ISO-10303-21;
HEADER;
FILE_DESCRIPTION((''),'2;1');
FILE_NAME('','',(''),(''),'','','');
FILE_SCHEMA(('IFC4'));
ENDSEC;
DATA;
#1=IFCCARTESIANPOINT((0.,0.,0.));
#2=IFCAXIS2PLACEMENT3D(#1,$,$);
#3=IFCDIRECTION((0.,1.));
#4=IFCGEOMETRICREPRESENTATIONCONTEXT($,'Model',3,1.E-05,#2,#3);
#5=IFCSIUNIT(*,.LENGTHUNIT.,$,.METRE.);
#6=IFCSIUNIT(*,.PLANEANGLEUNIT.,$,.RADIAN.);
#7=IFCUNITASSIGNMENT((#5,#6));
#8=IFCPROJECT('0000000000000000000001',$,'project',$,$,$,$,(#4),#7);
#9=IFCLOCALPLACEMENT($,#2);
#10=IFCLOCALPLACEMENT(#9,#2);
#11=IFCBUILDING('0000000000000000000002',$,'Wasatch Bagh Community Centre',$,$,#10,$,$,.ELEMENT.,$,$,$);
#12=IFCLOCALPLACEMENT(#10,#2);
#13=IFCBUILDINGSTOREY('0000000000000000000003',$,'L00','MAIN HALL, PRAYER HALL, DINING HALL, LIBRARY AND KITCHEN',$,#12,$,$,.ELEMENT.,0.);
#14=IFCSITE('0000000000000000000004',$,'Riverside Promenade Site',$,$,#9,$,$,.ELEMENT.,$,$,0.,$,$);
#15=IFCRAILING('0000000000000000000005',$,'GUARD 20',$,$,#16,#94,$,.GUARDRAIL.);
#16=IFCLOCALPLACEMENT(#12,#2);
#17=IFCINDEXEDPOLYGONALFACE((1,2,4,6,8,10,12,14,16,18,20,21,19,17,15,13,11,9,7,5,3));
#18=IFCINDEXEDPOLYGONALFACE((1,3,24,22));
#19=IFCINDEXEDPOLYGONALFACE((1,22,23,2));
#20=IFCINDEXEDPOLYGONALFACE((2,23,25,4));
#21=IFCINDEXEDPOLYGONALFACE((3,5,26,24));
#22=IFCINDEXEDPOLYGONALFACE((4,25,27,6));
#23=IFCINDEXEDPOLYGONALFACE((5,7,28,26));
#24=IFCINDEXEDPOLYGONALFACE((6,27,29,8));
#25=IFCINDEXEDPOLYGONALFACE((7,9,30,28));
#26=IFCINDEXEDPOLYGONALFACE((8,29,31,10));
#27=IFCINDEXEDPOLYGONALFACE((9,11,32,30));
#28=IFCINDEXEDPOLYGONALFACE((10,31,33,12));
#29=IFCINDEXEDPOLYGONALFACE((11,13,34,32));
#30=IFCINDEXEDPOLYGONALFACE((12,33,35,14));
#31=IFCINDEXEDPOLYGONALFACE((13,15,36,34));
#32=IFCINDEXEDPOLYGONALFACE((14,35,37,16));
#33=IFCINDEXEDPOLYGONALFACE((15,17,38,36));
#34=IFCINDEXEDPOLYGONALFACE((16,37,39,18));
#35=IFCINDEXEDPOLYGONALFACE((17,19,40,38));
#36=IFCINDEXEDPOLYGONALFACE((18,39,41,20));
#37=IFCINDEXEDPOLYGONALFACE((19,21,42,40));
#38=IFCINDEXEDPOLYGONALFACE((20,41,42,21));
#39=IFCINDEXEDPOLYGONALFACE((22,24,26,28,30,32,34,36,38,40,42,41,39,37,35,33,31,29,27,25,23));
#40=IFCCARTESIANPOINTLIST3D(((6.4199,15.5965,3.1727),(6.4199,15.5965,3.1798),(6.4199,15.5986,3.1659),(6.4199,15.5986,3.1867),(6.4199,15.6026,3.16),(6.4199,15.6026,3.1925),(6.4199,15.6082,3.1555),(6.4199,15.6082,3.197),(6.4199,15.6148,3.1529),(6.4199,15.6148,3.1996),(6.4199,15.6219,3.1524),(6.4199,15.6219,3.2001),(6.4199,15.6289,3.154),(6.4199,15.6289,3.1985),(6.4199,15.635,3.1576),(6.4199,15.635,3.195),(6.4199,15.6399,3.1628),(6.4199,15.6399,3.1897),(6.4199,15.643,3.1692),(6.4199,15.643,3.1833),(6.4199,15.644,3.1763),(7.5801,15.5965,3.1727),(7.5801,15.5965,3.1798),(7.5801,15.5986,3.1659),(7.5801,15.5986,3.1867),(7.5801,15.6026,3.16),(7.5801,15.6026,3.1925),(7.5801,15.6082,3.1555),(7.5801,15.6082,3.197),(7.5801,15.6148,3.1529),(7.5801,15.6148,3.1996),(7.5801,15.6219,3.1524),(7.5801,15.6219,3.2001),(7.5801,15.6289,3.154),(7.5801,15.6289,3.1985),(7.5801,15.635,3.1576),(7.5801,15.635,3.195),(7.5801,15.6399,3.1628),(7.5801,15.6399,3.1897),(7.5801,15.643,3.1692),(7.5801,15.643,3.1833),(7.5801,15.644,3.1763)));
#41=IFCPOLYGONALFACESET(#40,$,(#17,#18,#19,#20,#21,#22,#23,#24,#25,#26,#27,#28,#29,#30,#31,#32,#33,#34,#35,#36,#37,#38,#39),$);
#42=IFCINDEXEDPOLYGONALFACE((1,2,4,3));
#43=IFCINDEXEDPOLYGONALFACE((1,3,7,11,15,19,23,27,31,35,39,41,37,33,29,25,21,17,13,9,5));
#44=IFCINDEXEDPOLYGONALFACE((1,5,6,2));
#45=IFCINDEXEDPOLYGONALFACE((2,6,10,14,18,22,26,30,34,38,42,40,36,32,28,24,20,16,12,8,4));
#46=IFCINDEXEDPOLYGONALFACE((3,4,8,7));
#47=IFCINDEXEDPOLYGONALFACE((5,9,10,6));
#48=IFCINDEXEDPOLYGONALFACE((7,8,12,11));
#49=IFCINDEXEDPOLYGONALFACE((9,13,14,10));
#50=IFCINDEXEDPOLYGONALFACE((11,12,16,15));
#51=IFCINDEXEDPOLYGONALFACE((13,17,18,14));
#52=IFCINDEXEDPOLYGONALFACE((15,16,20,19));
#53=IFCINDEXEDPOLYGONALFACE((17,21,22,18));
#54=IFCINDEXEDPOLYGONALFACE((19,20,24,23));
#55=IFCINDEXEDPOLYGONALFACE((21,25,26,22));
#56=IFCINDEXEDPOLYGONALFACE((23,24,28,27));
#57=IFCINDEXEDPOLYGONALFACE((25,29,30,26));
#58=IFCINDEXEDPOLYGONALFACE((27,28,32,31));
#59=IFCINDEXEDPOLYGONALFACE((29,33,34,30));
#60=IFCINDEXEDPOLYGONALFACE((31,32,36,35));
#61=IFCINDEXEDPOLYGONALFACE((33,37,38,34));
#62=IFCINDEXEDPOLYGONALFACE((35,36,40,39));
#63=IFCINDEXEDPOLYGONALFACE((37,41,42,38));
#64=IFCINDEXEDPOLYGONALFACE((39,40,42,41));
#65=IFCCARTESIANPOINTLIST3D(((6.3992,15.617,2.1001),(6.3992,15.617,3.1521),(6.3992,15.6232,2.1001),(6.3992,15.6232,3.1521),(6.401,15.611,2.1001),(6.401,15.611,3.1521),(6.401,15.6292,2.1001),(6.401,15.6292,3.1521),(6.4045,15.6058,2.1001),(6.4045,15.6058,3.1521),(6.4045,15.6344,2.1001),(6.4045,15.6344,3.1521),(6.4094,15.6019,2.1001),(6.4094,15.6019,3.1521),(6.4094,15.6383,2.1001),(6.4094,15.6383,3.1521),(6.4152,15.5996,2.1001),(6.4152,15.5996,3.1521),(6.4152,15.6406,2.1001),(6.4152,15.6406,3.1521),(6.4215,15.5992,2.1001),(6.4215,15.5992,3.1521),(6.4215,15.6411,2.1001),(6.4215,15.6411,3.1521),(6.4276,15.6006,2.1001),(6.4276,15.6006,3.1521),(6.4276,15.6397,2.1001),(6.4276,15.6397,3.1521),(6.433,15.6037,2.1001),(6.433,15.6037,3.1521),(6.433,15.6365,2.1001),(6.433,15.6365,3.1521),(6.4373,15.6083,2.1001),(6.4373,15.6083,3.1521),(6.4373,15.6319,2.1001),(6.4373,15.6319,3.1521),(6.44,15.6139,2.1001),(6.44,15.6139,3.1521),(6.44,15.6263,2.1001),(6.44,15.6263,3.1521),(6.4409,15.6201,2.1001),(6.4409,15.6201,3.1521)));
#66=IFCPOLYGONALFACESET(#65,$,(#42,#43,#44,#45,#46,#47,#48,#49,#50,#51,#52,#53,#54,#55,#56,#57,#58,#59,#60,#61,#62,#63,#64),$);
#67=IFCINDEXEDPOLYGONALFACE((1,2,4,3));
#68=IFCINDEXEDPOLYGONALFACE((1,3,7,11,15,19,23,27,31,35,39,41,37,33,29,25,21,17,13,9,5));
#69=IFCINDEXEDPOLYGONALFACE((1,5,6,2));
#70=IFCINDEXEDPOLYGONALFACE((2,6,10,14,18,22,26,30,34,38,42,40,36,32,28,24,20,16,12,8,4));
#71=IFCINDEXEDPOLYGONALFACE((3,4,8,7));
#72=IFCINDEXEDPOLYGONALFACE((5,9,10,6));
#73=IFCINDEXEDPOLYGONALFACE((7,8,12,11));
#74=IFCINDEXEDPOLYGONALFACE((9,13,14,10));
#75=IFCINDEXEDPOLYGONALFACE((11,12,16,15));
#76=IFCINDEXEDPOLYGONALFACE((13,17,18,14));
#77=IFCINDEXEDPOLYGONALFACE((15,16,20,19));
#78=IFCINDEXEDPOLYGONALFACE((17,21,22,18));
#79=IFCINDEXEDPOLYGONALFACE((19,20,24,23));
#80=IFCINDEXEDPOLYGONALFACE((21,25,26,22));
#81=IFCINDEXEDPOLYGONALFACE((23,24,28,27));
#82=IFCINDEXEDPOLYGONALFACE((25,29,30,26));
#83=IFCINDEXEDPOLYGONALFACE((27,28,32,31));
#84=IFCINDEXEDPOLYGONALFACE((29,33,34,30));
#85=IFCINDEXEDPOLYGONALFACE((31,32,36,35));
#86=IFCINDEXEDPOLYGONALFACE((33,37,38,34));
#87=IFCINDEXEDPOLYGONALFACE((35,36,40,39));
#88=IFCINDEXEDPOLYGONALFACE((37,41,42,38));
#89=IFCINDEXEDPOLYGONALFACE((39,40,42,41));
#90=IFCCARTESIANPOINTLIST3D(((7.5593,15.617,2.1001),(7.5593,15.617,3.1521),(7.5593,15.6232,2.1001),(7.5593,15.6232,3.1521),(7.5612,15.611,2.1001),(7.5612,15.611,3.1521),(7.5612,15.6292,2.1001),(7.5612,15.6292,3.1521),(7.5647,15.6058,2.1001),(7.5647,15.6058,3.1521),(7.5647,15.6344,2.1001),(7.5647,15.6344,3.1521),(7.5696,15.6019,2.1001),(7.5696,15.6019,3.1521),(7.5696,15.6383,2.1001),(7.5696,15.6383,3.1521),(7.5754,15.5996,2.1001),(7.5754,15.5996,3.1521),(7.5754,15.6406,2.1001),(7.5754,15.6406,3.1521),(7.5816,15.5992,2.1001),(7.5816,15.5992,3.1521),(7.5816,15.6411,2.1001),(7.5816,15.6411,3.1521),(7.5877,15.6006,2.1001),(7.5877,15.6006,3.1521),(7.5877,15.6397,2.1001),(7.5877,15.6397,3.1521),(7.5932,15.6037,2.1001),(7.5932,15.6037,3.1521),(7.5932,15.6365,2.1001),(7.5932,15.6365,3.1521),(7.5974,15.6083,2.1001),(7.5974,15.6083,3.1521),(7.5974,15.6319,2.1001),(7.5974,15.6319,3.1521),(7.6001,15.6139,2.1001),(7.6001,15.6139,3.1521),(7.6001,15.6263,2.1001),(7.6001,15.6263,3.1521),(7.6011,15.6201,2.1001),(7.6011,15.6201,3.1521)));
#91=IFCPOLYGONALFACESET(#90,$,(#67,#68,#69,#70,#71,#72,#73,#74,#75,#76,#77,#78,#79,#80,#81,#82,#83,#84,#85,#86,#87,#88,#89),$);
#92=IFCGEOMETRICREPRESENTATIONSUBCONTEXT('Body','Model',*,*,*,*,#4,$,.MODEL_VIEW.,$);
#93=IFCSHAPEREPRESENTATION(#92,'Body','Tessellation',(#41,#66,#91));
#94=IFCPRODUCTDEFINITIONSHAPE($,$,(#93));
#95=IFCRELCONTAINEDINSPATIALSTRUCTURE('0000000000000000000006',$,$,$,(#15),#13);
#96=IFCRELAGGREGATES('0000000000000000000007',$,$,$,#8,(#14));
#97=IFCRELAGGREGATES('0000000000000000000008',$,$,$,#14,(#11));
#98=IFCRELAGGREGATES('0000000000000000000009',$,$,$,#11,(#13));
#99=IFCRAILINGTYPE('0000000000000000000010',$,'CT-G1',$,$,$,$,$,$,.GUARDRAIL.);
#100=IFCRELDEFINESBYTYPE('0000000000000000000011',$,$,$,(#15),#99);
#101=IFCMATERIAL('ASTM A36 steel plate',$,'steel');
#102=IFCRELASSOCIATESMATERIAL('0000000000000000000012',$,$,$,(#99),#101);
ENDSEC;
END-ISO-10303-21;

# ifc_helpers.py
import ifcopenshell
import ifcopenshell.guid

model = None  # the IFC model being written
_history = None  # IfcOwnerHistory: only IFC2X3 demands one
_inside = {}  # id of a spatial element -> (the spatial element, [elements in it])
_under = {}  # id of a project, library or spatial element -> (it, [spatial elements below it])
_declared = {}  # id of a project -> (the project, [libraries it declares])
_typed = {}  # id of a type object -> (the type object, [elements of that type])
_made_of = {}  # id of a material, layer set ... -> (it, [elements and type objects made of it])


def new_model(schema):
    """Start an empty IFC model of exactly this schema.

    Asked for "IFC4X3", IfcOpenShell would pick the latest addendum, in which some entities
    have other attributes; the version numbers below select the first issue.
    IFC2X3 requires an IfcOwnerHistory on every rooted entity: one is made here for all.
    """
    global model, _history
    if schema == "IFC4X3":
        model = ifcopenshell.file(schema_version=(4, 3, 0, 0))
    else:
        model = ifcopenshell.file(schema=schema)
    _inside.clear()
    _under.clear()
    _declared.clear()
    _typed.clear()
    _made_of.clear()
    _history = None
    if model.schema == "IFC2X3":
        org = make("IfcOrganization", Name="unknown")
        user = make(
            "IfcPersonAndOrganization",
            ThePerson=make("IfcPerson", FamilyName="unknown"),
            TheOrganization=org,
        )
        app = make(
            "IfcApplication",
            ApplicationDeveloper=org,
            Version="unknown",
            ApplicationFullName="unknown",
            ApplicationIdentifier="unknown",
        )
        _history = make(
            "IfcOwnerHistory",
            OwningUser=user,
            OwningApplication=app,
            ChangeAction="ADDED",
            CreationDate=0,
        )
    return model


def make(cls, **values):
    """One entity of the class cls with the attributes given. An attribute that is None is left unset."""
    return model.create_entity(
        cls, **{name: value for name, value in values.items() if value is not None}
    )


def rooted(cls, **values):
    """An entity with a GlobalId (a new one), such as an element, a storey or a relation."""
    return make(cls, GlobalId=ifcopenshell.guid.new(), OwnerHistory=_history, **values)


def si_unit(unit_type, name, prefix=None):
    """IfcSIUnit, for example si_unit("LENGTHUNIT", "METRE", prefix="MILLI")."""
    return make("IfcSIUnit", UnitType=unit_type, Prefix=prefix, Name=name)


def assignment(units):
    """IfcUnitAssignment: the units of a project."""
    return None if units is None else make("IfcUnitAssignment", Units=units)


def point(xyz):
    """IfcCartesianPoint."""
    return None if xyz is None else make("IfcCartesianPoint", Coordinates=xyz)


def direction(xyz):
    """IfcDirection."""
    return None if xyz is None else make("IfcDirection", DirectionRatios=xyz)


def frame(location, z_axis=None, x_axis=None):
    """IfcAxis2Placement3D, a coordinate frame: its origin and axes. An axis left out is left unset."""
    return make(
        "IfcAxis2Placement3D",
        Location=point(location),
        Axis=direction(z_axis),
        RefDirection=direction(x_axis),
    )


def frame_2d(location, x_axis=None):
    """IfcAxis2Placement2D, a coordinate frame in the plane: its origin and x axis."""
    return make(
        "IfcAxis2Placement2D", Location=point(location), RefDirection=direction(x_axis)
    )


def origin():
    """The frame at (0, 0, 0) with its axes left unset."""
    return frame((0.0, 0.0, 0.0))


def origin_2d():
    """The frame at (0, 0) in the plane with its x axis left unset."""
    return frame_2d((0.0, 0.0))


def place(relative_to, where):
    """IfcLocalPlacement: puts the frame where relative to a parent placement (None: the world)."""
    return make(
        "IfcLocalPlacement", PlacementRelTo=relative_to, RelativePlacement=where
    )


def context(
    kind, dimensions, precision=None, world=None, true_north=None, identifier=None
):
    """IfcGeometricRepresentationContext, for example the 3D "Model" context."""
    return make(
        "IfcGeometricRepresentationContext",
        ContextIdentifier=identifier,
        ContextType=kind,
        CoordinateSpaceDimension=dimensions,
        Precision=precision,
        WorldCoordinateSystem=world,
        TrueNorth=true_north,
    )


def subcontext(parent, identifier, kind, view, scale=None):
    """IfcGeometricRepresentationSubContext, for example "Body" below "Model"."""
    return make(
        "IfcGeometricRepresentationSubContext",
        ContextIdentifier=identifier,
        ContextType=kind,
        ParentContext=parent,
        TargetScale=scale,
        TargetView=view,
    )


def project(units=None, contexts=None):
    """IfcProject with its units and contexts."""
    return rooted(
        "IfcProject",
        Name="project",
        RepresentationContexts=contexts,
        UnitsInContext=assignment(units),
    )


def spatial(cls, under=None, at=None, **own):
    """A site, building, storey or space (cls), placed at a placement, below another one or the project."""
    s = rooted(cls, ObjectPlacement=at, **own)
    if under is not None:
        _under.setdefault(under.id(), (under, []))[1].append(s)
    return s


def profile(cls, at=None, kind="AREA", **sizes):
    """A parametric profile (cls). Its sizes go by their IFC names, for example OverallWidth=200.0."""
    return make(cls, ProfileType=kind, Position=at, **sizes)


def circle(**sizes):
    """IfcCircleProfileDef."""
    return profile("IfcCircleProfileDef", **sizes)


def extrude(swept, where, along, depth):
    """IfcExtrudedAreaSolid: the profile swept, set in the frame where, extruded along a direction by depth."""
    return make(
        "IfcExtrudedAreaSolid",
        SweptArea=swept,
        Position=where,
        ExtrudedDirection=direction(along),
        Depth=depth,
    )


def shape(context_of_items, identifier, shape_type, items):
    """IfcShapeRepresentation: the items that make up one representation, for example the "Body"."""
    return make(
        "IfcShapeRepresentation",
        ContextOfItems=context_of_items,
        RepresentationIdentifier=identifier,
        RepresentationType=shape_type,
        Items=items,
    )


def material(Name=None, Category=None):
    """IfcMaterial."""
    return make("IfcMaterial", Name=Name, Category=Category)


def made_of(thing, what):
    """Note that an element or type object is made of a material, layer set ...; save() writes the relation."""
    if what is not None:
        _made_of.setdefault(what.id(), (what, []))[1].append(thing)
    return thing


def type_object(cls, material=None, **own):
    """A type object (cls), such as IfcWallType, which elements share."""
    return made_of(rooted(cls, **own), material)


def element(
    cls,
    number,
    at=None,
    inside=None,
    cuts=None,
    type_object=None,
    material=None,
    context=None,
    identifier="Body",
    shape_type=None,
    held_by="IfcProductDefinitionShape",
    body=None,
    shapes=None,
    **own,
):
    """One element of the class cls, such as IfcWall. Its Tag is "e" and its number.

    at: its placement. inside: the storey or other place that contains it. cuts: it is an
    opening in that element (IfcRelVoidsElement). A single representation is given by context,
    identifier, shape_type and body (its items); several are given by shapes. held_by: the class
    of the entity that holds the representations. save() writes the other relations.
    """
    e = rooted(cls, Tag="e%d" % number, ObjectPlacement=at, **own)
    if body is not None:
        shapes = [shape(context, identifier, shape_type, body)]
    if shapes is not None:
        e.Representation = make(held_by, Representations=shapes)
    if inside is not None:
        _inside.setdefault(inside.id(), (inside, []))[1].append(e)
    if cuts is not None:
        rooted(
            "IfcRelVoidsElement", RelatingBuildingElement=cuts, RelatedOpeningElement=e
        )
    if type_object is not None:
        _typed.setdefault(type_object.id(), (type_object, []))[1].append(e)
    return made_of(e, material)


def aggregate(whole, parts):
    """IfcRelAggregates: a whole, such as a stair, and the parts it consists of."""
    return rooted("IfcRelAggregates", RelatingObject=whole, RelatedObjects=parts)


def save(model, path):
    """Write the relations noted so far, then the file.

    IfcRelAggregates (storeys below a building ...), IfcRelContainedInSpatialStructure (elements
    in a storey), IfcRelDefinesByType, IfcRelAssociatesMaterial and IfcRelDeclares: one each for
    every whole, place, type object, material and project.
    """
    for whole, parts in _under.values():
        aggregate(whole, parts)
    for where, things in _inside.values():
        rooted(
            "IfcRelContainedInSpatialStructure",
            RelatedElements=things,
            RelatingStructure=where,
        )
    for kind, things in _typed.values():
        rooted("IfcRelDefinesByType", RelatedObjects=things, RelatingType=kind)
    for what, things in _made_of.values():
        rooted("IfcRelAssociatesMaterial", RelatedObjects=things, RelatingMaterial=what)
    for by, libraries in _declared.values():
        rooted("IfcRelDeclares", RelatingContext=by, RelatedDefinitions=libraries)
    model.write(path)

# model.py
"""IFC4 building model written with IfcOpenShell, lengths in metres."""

from ifc_helpers import new_model, si_unit, direction, frame, origin, origin_2d, place, context, subcontext, project, spatial, circle, extrude, material, type_object, element, save


model = new_model("IFC4")

# Units and contexts
model_context = context("Model", 3, precision=1e-05, world=origin(), true_north=direction((0.0, 1.0)))
body_context = subcontext(model_context, "Body", "Model", "MODEL_VIEW")
ifc_project = project(units=[si_unit("LENGTHUNIT", "METRE"), si_unit("PLANEANGLEUNIT", "RADIAN")], contexts=[model_context])

# Site, building, storey
site_placement = place(None, origin())
site = spatial("IfcSite", under=ifc_project, at=site_placement, Name="Riverside Promenade Site", CompositionType="ELEMENT", RefElevation=0.0)
building_placement = place(site_placement, origin())
building = spatial("IfcBuilding", under=site, at=building_placement, Name="Wasatch Bagh Community Centre", CompositionType="ELEMENT")
storey_placement = place(building_placement, origin())
storey = spatial("IfcBuildingStorey", under=building, at=storey_placement, Name="L00", Description="MAIN HALL, PRAYER HALL, DINING HALL, LIBRARY AND KITCHEN", CompositionType="ELEMENT", Elevation=0.0)

# Railing
ifc_material_1 = material(Name="ASTM A36 steel plate", Category="steel")
railing_type_1 = type_object("IfcRailingType", Name="CT-G1", PredefinedType="GUARDRAIL", material=ifc_material_1)
railing_1_placement = place(storey_placement, frame((6.4199, 15.6201, 2.1001)))
element("IfcRailing", 1, at=railing_1_placement, inside=storey, type_object=railing_type_1, Name="GUARD 20", PredefinedType="GUARDRAIL", context=body_context, shape_type="SweptSolid", body=[
    extrude(circle(Radius=0.0239, at=origin_2d()), frame((0.0, 0.0, 1.0762), z_axis=(1.0, 0.0, 0.0), x_axis=(0.0, 1.0, 0.0)), (0.0, 0.0, 1.0), 1.1602),
    extrude(circle(Radius=0.021, at=origin_2d()), origin(), (0.0, 0.0, 1.0), 1.052),
    extrude(circle(Radius=0.021, at=origin_2d()), frame((1.1602, 0.0, 0.0)), (0.0, 0.0, 1.0), 1.052),
])

save(model, "model.ifc")
